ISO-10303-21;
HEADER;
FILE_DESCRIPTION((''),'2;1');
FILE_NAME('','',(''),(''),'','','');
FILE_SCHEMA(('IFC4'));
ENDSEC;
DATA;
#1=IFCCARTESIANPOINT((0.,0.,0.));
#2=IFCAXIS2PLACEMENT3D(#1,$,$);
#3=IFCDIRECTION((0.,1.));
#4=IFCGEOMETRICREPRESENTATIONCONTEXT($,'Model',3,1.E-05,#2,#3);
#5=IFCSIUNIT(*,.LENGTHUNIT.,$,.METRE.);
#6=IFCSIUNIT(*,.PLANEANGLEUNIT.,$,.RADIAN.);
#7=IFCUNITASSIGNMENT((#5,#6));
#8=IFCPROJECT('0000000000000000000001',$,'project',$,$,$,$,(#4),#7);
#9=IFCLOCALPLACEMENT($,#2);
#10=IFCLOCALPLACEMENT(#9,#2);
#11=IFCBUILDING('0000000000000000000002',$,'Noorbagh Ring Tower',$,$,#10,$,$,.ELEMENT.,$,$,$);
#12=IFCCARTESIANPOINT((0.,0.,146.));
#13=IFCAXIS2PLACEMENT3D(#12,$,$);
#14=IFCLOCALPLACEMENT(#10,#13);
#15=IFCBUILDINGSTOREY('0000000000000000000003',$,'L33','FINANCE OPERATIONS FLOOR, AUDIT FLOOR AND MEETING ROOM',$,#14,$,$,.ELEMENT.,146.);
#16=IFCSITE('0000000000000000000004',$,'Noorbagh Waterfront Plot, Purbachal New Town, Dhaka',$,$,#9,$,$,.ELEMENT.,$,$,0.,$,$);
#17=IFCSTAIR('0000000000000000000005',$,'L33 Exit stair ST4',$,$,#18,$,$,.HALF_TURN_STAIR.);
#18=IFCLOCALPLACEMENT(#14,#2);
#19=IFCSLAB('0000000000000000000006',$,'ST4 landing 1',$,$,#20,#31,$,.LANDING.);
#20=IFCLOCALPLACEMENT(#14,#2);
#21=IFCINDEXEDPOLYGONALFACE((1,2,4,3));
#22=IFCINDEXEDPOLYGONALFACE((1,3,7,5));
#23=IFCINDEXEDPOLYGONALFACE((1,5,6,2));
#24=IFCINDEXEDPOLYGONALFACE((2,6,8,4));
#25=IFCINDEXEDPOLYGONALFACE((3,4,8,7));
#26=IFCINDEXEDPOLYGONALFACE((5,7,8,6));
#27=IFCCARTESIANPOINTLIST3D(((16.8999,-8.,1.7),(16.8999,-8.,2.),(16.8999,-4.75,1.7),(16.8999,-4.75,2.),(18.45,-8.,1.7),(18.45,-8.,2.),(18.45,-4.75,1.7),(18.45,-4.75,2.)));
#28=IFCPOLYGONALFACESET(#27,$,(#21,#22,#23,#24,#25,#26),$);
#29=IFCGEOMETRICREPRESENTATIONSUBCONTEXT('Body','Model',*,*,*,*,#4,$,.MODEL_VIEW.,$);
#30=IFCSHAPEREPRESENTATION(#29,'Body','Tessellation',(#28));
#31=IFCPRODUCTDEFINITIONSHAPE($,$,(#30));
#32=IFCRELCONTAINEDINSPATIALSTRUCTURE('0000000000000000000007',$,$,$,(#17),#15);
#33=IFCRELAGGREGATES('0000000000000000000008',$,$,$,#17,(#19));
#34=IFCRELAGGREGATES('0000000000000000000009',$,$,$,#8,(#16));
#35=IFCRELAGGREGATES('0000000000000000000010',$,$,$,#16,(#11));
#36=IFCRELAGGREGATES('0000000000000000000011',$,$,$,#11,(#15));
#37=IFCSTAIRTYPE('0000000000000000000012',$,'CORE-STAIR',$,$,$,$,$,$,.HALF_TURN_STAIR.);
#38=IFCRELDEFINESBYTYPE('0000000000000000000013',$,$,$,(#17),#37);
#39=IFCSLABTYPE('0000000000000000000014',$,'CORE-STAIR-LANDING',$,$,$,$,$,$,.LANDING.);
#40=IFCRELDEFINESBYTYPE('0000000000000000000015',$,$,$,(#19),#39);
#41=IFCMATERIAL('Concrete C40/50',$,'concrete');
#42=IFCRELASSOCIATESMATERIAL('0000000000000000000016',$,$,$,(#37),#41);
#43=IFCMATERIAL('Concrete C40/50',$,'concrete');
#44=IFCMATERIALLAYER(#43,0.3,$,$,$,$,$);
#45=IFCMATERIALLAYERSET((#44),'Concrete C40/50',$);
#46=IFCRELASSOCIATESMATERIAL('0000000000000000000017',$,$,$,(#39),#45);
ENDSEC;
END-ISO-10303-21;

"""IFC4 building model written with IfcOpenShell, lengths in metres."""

from ifc_helpers import new_model, si_unit, direction, frame, origin, place, context, subcontext, project, spatial, polyline, outline, extrude, material, layer, layer_set, type_object, element, aggregate, save


model = new_model("IFC4")

# Units and contexts
model_context = context("Model", 3, precision=1e-05, world=origin(), true_north=direction((0.0, 1.0)))
body_context = subcontext(model_context, "Body", "Model", "MODEL_VIEW")
ifc_project = project(units=[si_unit("LENGTHUNIT", "METRE"), si_unit("PLANEANGLEUNIT", "RADIAN")], contexts=[model_context])

# Site, building, storey
site_placement = place(None, origin())
building_placement = place(site_placement, origin())
storey_placement = place(building_placement, frame((0.0, 0.0, 146.0)))
site = spatial("IfcSite", under=ifc_project, at=site_placement, Name="Noorbagh Waterfront Plot, Purbachal New Town, Dhaka", CompositionType="ELEMENT", RefElevation=0.0)
building = spatial("IfcBuilding", under=site, at=building_placement, Name="Noorbagh Ring Tower", CompositionType="ELEMENT")
storey = spatial("IfcBuildingStorey", under=building, at=storey_placement, Name="L33", Description="FINANCE OPERATIONS FLOOR, AUDIT FLOOR AND MEETING ROOM", CompositionType="ELEMENT", Elevation=146.0)

# Stair, slab
ifc_material_1 = material(Name="Concrete C40/50", Category="concrete")
stair_type = type_object("IfcStairType", Name="CORE-STAIR", PredefinedType="HALF_TURN_STAIR", material=ifc_material_1)
ifc_material_2 = material(Name="Concrete C40/50", Category="concrete")
ifc_layer_1 = layer(ifc_material_2, 0.3)
ifc_layer_set_1 = layer_set([ifc_layer_1], Name="Concrete C40/50")
slab_type = type_object("IfcSlabType", Name="CORE-STAIR-LANDING", PredefinedType="LANDING", material=ifc_layer_set_1)
stair_1_placement = place(storey_placement, origin())
stair_1 = element("IfcStair", 1, at=stair_1_placement, inside=storey, type_object=stair_type, Name="L33 Exit stair ST4", PredefinedType="HALF_TURN_STAIR")
slab_1_placement = place(storey_placement, frame((0.0, 0.0, 1.7)))
slab_1 = element("IfcSlab", 2, at=slab_1_placement, type_object=slab_type, Name="ST4 landing 1", PredefinedType="LANDING", context=body_context, shape_type="SweptSolid", body=[
    extrude(outline(polyline([(18.45, -4.75), (16.8999, -4.75), (16.8999, -8.0), (18.45, -8.0), (18.45, -4.75)])), origin(), (0.0, 0.0, 1.0), 0.3),
])
aggregate(stair_1, [slab_1])

save(model, "model.ifc")
